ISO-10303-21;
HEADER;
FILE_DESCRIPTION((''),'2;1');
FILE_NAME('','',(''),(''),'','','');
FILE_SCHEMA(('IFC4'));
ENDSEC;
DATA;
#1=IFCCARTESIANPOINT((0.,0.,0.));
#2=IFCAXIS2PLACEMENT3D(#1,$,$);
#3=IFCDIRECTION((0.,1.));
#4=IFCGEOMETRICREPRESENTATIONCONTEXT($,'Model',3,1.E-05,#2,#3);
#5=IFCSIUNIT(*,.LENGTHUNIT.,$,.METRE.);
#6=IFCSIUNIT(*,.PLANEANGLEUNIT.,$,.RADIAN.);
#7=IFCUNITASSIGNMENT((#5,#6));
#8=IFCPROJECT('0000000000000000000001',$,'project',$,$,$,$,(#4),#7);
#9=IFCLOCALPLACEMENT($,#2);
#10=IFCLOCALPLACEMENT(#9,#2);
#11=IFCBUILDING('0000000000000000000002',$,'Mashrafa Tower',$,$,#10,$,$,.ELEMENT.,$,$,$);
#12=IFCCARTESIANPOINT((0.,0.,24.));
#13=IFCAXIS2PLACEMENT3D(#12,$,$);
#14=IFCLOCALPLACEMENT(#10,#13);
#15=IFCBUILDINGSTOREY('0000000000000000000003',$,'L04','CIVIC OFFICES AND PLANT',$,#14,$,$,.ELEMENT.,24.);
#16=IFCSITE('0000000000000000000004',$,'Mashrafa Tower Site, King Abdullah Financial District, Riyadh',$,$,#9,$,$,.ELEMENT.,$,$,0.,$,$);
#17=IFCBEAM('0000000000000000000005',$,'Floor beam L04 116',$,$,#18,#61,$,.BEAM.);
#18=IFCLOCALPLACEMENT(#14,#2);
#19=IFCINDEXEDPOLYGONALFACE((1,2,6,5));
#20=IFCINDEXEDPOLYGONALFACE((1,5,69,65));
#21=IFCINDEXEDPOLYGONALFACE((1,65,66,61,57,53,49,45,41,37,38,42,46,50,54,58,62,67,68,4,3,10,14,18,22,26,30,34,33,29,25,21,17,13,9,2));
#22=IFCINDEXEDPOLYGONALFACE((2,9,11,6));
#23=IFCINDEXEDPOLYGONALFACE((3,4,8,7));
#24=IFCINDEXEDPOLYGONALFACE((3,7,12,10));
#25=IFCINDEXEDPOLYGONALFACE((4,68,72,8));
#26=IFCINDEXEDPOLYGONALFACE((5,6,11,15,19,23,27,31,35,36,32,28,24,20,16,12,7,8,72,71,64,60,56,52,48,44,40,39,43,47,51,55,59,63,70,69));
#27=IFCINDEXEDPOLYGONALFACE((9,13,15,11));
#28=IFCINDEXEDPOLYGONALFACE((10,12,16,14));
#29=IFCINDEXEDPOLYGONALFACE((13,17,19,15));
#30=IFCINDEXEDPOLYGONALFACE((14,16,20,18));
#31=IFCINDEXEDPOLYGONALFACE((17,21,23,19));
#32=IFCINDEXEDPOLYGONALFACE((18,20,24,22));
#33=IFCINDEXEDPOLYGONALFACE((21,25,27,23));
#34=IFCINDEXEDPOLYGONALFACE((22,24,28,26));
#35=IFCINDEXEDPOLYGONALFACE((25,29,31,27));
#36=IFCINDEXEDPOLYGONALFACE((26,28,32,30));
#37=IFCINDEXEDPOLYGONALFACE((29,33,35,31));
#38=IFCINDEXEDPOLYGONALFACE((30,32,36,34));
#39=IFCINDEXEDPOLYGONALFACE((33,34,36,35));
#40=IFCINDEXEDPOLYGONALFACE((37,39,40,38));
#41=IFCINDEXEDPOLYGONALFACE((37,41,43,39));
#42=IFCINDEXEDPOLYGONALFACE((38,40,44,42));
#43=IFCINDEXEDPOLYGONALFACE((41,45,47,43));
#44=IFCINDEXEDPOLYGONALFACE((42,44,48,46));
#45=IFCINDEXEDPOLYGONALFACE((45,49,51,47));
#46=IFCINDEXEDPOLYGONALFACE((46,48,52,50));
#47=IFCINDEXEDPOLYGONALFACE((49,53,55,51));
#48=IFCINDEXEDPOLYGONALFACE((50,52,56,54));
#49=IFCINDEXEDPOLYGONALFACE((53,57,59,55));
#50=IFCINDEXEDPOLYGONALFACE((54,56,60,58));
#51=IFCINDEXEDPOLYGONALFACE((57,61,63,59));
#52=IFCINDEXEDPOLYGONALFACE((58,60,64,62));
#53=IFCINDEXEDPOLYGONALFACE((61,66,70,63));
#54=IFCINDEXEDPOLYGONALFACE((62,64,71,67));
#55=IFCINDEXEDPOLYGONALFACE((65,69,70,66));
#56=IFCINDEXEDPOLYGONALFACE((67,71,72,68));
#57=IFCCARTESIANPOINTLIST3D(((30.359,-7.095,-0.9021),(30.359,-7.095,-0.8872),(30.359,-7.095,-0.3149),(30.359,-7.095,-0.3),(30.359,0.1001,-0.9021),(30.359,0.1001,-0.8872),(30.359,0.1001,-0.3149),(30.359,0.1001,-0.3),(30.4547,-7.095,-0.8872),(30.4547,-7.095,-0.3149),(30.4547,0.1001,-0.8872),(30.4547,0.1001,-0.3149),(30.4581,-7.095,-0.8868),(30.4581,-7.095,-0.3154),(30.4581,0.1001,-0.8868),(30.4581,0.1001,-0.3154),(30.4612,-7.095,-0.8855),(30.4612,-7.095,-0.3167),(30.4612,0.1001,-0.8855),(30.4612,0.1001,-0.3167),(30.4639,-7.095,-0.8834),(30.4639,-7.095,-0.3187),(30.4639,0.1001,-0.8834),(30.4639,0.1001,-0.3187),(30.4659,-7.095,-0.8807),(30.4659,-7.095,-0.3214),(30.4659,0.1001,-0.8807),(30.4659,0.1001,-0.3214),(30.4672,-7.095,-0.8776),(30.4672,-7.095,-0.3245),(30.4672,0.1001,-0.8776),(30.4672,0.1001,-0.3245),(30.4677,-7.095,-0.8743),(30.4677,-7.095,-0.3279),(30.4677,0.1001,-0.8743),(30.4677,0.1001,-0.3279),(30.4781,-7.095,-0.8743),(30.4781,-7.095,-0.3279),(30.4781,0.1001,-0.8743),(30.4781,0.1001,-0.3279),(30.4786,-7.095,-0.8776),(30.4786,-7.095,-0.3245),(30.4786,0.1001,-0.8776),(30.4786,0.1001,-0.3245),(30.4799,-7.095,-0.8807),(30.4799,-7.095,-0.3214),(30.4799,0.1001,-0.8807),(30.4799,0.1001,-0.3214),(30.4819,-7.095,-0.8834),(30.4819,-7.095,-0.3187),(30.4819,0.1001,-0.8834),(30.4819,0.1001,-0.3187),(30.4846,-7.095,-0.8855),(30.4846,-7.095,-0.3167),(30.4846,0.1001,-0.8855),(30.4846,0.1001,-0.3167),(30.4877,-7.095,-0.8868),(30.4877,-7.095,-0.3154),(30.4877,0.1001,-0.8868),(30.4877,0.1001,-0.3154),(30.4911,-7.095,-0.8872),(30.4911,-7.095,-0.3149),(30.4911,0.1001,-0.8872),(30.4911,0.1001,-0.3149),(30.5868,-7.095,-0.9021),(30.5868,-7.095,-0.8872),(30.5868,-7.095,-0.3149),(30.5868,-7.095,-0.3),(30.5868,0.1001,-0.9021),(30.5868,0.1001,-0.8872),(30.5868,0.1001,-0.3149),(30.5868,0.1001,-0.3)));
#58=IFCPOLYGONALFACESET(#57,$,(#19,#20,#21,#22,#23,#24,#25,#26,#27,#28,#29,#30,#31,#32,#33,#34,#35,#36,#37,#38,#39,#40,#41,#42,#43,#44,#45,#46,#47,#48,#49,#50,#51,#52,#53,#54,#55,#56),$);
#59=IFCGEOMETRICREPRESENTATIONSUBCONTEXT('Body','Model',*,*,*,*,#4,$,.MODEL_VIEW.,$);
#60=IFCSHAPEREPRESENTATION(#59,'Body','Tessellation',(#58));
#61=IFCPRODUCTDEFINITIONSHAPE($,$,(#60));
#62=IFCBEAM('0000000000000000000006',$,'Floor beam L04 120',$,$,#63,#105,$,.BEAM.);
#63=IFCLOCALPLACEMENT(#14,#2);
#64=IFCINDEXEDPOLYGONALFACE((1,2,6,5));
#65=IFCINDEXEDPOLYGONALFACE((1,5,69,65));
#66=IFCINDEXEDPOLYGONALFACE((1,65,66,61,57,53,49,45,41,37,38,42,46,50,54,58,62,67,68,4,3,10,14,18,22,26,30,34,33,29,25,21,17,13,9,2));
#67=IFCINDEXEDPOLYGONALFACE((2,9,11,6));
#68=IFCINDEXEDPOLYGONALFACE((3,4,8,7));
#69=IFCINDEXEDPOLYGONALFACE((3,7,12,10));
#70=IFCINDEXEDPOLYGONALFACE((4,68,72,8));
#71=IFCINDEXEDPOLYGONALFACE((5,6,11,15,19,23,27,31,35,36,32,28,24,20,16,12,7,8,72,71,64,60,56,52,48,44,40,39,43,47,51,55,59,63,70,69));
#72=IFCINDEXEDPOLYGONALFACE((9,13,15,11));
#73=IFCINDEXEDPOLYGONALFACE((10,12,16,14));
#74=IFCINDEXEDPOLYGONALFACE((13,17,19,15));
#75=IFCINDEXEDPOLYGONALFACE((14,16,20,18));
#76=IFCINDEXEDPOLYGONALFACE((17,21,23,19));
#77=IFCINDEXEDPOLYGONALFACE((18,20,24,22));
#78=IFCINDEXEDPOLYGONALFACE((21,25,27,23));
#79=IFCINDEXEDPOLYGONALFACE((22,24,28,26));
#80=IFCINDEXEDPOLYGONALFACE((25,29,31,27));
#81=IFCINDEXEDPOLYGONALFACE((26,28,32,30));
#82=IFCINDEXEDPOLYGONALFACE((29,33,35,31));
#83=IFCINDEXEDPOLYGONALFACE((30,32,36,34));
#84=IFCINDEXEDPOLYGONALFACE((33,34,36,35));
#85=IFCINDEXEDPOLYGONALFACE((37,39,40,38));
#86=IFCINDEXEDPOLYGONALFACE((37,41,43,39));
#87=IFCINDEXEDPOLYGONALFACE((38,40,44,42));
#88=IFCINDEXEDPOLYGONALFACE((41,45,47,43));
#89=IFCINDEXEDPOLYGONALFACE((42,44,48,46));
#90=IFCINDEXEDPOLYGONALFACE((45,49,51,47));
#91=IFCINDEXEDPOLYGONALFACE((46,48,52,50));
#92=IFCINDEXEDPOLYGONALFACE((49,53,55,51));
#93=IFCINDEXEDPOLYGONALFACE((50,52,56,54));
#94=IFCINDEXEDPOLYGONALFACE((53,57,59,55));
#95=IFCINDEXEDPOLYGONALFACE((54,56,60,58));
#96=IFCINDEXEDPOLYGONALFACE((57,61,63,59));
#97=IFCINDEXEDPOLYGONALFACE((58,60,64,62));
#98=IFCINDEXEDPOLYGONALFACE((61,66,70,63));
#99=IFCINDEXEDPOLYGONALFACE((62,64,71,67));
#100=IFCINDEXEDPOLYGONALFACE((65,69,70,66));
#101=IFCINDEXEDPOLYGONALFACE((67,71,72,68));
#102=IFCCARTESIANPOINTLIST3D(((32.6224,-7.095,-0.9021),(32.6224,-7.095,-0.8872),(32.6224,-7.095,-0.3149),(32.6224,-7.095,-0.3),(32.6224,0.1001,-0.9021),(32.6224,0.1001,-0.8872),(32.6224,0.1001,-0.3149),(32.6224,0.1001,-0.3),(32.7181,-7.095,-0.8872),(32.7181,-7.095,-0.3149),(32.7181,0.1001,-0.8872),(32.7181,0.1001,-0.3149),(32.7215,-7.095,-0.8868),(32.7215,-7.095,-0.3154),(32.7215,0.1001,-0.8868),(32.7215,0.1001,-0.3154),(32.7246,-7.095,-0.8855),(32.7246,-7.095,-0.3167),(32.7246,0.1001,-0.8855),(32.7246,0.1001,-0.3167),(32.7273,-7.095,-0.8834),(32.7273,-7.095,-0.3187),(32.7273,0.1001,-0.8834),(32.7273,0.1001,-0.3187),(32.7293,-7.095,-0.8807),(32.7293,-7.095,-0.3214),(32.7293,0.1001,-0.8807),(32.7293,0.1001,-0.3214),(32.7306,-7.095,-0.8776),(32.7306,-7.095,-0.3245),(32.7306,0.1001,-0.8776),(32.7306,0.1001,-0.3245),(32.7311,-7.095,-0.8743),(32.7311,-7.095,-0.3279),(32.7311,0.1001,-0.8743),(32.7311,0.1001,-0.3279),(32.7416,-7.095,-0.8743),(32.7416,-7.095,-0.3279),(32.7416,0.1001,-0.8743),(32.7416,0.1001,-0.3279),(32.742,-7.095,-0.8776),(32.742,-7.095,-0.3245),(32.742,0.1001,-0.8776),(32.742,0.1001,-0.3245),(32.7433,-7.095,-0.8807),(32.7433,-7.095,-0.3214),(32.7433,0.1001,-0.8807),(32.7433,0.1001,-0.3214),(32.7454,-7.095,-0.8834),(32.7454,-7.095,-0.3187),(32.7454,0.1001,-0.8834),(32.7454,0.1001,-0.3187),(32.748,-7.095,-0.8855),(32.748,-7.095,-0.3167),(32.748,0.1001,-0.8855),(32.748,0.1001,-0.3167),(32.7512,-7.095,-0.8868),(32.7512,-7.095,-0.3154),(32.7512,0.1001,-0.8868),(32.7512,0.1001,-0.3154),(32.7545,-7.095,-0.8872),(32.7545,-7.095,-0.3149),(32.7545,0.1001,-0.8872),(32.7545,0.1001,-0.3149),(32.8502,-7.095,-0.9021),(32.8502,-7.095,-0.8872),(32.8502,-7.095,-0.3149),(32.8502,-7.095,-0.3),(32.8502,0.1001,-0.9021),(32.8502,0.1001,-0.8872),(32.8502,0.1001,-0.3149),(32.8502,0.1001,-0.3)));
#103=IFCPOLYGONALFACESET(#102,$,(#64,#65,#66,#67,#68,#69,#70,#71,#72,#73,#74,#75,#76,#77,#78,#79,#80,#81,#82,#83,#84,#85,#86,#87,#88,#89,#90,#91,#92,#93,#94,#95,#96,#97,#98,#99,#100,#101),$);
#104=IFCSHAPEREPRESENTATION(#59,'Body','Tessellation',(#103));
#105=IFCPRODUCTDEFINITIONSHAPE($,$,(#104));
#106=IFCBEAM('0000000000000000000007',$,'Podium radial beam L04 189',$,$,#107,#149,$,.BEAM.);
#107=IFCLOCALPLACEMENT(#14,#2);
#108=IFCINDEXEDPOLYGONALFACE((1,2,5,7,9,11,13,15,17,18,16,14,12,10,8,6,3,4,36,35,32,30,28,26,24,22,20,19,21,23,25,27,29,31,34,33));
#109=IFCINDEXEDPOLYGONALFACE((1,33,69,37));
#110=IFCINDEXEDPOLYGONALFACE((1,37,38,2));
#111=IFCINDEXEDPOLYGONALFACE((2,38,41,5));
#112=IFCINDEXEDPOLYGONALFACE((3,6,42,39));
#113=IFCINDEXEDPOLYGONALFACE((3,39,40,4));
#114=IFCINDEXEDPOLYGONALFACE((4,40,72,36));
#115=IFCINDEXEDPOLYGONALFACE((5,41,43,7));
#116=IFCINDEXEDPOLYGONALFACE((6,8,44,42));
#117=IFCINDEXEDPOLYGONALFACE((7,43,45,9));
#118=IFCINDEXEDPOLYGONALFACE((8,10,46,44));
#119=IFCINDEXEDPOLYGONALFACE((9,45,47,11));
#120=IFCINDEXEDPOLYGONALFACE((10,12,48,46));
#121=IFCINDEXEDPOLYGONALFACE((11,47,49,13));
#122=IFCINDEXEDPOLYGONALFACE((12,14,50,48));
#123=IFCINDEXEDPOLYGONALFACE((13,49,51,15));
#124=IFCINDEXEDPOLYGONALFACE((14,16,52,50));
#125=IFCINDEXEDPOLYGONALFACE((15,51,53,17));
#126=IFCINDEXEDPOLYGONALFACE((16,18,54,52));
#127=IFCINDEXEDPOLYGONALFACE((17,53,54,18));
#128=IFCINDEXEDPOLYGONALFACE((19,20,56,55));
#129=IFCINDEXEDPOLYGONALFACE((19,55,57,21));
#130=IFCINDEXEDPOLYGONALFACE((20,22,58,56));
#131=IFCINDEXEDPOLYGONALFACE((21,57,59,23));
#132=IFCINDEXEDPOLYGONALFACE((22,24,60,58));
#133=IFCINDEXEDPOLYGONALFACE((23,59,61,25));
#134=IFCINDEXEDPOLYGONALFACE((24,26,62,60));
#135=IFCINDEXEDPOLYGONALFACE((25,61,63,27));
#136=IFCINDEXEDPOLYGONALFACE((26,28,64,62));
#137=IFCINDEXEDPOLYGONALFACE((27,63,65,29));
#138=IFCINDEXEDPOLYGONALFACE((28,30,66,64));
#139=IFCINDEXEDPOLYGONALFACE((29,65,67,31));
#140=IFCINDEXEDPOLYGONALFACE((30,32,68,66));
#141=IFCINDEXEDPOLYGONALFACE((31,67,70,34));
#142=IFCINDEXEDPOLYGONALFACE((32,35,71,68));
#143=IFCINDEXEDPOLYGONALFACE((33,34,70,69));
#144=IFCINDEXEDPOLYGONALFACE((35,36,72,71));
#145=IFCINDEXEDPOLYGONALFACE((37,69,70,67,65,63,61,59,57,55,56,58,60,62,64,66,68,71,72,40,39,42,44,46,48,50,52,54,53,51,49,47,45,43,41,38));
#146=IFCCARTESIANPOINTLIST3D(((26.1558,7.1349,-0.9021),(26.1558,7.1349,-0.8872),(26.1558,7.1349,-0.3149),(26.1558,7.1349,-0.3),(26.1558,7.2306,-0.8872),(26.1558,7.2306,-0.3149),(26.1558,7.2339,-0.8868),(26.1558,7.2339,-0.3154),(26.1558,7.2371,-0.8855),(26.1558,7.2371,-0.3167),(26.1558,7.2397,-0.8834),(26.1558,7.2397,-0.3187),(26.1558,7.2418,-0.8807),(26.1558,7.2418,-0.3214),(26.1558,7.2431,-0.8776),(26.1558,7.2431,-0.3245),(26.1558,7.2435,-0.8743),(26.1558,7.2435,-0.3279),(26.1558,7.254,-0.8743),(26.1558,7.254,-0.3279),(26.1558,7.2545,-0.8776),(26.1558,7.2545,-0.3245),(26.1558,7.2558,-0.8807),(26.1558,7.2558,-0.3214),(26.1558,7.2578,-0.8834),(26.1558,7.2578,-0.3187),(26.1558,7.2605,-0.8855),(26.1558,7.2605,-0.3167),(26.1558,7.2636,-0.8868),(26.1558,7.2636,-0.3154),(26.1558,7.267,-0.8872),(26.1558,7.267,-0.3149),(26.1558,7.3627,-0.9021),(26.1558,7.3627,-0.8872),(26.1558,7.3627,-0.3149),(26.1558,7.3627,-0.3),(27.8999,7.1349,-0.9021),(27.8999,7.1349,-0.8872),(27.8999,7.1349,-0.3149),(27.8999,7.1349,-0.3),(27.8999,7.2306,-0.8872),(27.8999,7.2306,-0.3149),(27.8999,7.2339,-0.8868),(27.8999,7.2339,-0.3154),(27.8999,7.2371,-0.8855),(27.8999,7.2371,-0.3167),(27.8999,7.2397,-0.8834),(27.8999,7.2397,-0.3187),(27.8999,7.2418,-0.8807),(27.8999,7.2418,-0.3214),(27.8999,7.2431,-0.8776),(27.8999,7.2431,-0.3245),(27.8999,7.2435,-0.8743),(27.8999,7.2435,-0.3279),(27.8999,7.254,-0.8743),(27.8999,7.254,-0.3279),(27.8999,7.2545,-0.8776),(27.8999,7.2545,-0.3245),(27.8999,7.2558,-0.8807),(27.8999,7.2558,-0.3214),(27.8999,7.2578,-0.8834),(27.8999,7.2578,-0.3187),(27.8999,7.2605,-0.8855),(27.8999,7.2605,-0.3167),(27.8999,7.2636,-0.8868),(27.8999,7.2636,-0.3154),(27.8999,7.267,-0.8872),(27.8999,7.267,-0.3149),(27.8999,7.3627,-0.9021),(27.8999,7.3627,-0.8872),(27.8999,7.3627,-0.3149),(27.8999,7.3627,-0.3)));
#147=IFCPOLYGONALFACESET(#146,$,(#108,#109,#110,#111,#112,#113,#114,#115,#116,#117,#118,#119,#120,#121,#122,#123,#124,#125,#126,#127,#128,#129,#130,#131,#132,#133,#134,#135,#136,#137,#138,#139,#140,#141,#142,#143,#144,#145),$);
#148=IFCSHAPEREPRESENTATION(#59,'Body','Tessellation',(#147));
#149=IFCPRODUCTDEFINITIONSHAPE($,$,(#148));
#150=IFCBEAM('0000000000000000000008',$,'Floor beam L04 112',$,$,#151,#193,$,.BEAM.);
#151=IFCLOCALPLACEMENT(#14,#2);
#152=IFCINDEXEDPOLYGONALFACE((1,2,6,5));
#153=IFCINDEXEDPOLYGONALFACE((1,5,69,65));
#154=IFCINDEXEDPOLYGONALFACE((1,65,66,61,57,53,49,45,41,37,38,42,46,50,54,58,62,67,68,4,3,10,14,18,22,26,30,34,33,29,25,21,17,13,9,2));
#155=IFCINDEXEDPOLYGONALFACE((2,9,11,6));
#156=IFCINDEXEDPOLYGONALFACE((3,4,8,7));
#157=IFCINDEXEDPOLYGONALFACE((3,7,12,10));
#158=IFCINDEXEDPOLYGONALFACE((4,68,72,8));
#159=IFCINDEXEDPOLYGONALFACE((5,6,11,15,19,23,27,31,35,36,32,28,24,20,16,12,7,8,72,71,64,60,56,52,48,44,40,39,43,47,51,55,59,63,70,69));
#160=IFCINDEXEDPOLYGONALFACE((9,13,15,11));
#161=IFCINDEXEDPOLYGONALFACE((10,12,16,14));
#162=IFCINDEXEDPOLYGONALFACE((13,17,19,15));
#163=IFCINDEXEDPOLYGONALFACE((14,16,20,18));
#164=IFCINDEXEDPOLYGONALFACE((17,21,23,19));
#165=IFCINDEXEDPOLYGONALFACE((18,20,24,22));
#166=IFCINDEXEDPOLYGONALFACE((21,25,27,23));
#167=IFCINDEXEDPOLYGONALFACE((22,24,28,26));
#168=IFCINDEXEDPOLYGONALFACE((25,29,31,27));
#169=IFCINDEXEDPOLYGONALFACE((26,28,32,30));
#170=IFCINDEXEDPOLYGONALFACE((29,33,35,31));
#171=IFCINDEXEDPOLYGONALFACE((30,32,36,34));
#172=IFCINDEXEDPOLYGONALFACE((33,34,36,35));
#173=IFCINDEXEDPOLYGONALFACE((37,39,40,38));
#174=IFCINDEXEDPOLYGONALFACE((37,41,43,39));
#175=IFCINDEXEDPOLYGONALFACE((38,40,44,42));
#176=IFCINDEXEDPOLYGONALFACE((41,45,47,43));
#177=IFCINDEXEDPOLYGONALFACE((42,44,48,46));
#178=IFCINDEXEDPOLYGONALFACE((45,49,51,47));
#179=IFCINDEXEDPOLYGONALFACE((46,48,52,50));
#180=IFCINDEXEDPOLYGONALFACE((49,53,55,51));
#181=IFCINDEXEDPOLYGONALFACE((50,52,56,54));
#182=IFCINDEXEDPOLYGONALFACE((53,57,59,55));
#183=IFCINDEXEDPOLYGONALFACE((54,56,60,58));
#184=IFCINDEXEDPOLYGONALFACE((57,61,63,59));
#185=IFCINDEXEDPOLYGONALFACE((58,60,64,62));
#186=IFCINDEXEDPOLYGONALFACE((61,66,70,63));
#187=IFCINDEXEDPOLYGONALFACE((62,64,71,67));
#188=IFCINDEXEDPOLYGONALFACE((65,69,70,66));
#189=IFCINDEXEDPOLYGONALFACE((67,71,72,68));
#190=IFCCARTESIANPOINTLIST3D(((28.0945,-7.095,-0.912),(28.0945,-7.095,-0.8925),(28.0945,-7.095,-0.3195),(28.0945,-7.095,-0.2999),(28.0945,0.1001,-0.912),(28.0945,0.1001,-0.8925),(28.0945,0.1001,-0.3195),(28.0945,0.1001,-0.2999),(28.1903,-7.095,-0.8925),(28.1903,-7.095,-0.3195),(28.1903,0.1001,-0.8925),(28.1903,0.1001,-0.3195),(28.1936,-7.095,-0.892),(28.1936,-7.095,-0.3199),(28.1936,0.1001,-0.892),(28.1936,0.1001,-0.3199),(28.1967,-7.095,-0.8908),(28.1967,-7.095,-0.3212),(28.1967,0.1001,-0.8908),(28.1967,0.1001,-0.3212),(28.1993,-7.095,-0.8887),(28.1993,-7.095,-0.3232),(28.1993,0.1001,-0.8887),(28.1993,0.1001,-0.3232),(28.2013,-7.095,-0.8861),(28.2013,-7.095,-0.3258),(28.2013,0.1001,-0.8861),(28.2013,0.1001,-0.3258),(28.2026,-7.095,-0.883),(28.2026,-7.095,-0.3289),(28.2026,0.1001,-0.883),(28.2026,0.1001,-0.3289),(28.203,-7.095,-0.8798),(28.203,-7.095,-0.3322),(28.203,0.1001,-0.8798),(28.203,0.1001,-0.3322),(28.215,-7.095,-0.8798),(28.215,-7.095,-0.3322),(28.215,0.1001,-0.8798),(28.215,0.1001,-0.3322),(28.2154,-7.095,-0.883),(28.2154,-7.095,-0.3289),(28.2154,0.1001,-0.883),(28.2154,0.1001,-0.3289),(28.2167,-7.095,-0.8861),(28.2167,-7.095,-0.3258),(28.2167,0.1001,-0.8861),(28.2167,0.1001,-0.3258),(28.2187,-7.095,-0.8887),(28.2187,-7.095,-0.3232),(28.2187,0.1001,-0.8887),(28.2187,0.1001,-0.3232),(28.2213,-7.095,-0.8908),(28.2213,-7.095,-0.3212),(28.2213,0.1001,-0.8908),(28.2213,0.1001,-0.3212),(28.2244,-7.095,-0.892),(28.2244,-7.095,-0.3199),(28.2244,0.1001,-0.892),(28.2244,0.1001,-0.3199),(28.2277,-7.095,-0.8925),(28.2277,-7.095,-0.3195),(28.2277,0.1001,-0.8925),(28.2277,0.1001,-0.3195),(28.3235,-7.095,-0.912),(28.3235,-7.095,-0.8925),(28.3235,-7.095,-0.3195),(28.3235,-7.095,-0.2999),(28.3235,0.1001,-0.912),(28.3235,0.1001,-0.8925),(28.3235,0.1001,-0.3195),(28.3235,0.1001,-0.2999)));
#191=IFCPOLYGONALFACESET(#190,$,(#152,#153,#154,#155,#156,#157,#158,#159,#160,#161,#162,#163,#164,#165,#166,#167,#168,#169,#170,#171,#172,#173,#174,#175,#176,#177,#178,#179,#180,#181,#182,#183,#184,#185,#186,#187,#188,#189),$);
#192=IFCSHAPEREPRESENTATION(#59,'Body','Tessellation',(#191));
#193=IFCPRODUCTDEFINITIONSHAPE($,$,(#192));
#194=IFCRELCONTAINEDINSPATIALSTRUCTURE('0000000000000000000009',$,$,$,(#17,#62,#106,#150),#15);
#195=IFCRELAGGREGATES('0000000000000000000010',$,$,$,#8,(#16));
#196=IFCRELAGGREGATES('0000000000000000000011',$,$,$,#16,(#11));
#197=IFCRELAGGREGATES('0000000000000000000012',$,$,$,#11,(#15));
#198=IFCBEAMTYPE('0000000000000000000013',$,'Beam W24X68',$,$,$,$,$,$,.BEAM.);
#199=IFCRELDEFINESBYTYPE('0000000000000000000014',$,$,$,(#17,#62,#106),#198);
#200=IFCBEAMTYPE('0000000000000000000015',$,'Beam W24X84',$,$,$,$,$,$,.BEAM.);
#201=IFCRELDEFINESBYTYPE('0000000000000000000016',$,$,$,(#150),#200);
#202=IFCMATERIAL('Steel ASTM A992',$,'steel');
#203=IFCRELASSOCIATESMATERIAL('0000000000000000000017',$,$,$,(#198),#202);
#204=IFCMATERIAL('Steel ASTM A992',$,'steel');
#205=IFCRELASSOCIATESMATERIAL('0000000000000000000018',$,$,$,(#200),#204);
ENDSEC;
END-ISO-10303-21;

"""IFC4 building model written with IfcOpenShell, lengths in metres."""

from ifc_helpers import new_model, si_unit, direction, frame, origin, origin_2d, place, context, subcontext, project, spatial, i_section, extrude, material, material_profile, profile_set, type_object, element, save


model = new_model("IFC4")

# Units and contexts
model_context = context("Model", 3, precision=1e-05, world=origin(), true_north=direction((0.0, 1.0)))
body_context = subcontext(model_context, "Body", "Model", "MODEL_VIEW")
ifc_project = project(units=[si_unit("LENGTHUNIT", "METRE"), si_unit("PLANEANGLEUNIT", "RADIAN")], contexts=[model_context])

# Site, building, storey
site_placement = place(None, origin())
site = spatial("IfcSite", under=ifc_project, at=site_placement, Name="Mashrafa Tower Site, King Abdullah Financial District, Riyadh", CompositionType="ELEMENT", RefElevation=0.0)
building_placement = place(site_placement, origin())
building = spatial("IfcBuilding", under=site, at=building_placement, Name="Mashrafa Tower", CompositionType="ELEMENT")
storey_placement = place(building_placement, frame((0.0, 0.0, 24.0)))
storey = spatial("IfcBuildingStorey", under=building, at=storey_placement, Name="L04", Description="CIVIC OFFICES AND PLANT", CompositionType="ELEMENT", Elevation=24.0)

# Beams
ifc_material_1 = material(Name="Steel ASTM A992", Category="steel")
ifc_material_profile_1 = material_profile(ifc_material_1, i_section(OverallWidth=0.2278, OverallDepth=0.6021, WebThickness=0.0105, FlangeThickness=0.0149, FilletRadius=0.0129, at=origin_2d()), Name="W24X68")
ifc_profile_set_1 = profile_set([ifc_material_profile_1], Name="Steel ASTM A992")
beam_type_1 = type_object("IfcBeamType", Name="Beam W24X68", PredefinedType="BEAM", material=ifc_profile_set_1)
for number, where, z_axis, x_axis, name in (
    (1, (30.4729, 0.1001, -0.6011), (0.0, -1.0, 0.0), (1.0, 0.0, 0.0), "Floor beam L04 116"),
    (2, (32.7363, 0.1001, -0.6011), (0.0, -1.0, 0.0), (1.0, 0.0, 0.0), "Floor beam L04 120"),
):
    element("IfcBeam", number, at=place(storey_placement, frame(where, z_axis=z_axis, x_axis=x_axis)), inside=storey, type_object=beam_type_1, Name=name, PredefinedType="BEAM", context=body_context, shape_type="SweptSolid", body=[
        extrude(i_section(OverallWidth=0.2278, OverallDepth=0.6021, WebThickness=0.0105, FlangeThickness=0.0149, FilletRadius=0.0129, at=origin_2d()), origin(), (0.0, 0.0, 1.0), 7.1951),
    ])
beam_1_placement = place(storey_placement, frame((26.1558, 7.2488, -0.6011), z_axis=(1.0, 0.0, 0.0), x_axis=(0.0, 1.0, 0.0)))
element("IfcBeam", 3, at=beam_1_placement, inside=storey, type_object=beam_type_1, Name="Podium radial beam L04 189", PredefinedType="BEAM", context=body_context, shape_type="SweptSolid", body=[
    extrude(i_section(OverallWidth=0.2278, OverallDepth=0.6021, WebThickness=0.0105, FlangeThickness=0.0149, FilletRadius=0.0129, at=origin_2d()), origin(), (0.0, 0.0, 1.0), 1.7441),
])
ifc_material_2 = material(Name="Steel ASTM A992", Category="steel")
ifc_material_profile_2 = material_profile(ifc_material_2, i_section(OverallWidth=0.229, OverallDepth=0.6121, WebThickness=0.012, FlangeThickness=0.0195, FilletRadius=0.0127, at=origin_2d()), Name="W24X84")
ifc_profile_set_2 = profile_set([ifc_material_profile_2], Name="Steel ASTM A992")
beam_type_2 = type_object("IfcBeamType", Name="Beam W24X84", PredefinedType="BEAM", material=ifc_profile_set_2)
beam_2_placement = place(storey_placement, frame((28.209, 0.1001, -0.606), z_axis=(0.0, -1.0, 0.0), x_axis=(1.0, 0.0, 0.0)))
element("IfcBeam", 4, at=beam_2_placement, inside=storey, type_object=beam_type_2, Name="Floor beam L04 112", PredefinedType="BEAM", context=body_context, shape_type="SweptSolid", body=[
    extrude(i_section(OverallWidth=0.229, OverallDepth=0.6121, WebThickness=0.012, FlangeThickness=0.0195, FilletRadius=0.0127, at=origin_2d()), origin(), (0.0, 0.0, 1.0), 7.1951),
])

save(model, "model.ifc")
